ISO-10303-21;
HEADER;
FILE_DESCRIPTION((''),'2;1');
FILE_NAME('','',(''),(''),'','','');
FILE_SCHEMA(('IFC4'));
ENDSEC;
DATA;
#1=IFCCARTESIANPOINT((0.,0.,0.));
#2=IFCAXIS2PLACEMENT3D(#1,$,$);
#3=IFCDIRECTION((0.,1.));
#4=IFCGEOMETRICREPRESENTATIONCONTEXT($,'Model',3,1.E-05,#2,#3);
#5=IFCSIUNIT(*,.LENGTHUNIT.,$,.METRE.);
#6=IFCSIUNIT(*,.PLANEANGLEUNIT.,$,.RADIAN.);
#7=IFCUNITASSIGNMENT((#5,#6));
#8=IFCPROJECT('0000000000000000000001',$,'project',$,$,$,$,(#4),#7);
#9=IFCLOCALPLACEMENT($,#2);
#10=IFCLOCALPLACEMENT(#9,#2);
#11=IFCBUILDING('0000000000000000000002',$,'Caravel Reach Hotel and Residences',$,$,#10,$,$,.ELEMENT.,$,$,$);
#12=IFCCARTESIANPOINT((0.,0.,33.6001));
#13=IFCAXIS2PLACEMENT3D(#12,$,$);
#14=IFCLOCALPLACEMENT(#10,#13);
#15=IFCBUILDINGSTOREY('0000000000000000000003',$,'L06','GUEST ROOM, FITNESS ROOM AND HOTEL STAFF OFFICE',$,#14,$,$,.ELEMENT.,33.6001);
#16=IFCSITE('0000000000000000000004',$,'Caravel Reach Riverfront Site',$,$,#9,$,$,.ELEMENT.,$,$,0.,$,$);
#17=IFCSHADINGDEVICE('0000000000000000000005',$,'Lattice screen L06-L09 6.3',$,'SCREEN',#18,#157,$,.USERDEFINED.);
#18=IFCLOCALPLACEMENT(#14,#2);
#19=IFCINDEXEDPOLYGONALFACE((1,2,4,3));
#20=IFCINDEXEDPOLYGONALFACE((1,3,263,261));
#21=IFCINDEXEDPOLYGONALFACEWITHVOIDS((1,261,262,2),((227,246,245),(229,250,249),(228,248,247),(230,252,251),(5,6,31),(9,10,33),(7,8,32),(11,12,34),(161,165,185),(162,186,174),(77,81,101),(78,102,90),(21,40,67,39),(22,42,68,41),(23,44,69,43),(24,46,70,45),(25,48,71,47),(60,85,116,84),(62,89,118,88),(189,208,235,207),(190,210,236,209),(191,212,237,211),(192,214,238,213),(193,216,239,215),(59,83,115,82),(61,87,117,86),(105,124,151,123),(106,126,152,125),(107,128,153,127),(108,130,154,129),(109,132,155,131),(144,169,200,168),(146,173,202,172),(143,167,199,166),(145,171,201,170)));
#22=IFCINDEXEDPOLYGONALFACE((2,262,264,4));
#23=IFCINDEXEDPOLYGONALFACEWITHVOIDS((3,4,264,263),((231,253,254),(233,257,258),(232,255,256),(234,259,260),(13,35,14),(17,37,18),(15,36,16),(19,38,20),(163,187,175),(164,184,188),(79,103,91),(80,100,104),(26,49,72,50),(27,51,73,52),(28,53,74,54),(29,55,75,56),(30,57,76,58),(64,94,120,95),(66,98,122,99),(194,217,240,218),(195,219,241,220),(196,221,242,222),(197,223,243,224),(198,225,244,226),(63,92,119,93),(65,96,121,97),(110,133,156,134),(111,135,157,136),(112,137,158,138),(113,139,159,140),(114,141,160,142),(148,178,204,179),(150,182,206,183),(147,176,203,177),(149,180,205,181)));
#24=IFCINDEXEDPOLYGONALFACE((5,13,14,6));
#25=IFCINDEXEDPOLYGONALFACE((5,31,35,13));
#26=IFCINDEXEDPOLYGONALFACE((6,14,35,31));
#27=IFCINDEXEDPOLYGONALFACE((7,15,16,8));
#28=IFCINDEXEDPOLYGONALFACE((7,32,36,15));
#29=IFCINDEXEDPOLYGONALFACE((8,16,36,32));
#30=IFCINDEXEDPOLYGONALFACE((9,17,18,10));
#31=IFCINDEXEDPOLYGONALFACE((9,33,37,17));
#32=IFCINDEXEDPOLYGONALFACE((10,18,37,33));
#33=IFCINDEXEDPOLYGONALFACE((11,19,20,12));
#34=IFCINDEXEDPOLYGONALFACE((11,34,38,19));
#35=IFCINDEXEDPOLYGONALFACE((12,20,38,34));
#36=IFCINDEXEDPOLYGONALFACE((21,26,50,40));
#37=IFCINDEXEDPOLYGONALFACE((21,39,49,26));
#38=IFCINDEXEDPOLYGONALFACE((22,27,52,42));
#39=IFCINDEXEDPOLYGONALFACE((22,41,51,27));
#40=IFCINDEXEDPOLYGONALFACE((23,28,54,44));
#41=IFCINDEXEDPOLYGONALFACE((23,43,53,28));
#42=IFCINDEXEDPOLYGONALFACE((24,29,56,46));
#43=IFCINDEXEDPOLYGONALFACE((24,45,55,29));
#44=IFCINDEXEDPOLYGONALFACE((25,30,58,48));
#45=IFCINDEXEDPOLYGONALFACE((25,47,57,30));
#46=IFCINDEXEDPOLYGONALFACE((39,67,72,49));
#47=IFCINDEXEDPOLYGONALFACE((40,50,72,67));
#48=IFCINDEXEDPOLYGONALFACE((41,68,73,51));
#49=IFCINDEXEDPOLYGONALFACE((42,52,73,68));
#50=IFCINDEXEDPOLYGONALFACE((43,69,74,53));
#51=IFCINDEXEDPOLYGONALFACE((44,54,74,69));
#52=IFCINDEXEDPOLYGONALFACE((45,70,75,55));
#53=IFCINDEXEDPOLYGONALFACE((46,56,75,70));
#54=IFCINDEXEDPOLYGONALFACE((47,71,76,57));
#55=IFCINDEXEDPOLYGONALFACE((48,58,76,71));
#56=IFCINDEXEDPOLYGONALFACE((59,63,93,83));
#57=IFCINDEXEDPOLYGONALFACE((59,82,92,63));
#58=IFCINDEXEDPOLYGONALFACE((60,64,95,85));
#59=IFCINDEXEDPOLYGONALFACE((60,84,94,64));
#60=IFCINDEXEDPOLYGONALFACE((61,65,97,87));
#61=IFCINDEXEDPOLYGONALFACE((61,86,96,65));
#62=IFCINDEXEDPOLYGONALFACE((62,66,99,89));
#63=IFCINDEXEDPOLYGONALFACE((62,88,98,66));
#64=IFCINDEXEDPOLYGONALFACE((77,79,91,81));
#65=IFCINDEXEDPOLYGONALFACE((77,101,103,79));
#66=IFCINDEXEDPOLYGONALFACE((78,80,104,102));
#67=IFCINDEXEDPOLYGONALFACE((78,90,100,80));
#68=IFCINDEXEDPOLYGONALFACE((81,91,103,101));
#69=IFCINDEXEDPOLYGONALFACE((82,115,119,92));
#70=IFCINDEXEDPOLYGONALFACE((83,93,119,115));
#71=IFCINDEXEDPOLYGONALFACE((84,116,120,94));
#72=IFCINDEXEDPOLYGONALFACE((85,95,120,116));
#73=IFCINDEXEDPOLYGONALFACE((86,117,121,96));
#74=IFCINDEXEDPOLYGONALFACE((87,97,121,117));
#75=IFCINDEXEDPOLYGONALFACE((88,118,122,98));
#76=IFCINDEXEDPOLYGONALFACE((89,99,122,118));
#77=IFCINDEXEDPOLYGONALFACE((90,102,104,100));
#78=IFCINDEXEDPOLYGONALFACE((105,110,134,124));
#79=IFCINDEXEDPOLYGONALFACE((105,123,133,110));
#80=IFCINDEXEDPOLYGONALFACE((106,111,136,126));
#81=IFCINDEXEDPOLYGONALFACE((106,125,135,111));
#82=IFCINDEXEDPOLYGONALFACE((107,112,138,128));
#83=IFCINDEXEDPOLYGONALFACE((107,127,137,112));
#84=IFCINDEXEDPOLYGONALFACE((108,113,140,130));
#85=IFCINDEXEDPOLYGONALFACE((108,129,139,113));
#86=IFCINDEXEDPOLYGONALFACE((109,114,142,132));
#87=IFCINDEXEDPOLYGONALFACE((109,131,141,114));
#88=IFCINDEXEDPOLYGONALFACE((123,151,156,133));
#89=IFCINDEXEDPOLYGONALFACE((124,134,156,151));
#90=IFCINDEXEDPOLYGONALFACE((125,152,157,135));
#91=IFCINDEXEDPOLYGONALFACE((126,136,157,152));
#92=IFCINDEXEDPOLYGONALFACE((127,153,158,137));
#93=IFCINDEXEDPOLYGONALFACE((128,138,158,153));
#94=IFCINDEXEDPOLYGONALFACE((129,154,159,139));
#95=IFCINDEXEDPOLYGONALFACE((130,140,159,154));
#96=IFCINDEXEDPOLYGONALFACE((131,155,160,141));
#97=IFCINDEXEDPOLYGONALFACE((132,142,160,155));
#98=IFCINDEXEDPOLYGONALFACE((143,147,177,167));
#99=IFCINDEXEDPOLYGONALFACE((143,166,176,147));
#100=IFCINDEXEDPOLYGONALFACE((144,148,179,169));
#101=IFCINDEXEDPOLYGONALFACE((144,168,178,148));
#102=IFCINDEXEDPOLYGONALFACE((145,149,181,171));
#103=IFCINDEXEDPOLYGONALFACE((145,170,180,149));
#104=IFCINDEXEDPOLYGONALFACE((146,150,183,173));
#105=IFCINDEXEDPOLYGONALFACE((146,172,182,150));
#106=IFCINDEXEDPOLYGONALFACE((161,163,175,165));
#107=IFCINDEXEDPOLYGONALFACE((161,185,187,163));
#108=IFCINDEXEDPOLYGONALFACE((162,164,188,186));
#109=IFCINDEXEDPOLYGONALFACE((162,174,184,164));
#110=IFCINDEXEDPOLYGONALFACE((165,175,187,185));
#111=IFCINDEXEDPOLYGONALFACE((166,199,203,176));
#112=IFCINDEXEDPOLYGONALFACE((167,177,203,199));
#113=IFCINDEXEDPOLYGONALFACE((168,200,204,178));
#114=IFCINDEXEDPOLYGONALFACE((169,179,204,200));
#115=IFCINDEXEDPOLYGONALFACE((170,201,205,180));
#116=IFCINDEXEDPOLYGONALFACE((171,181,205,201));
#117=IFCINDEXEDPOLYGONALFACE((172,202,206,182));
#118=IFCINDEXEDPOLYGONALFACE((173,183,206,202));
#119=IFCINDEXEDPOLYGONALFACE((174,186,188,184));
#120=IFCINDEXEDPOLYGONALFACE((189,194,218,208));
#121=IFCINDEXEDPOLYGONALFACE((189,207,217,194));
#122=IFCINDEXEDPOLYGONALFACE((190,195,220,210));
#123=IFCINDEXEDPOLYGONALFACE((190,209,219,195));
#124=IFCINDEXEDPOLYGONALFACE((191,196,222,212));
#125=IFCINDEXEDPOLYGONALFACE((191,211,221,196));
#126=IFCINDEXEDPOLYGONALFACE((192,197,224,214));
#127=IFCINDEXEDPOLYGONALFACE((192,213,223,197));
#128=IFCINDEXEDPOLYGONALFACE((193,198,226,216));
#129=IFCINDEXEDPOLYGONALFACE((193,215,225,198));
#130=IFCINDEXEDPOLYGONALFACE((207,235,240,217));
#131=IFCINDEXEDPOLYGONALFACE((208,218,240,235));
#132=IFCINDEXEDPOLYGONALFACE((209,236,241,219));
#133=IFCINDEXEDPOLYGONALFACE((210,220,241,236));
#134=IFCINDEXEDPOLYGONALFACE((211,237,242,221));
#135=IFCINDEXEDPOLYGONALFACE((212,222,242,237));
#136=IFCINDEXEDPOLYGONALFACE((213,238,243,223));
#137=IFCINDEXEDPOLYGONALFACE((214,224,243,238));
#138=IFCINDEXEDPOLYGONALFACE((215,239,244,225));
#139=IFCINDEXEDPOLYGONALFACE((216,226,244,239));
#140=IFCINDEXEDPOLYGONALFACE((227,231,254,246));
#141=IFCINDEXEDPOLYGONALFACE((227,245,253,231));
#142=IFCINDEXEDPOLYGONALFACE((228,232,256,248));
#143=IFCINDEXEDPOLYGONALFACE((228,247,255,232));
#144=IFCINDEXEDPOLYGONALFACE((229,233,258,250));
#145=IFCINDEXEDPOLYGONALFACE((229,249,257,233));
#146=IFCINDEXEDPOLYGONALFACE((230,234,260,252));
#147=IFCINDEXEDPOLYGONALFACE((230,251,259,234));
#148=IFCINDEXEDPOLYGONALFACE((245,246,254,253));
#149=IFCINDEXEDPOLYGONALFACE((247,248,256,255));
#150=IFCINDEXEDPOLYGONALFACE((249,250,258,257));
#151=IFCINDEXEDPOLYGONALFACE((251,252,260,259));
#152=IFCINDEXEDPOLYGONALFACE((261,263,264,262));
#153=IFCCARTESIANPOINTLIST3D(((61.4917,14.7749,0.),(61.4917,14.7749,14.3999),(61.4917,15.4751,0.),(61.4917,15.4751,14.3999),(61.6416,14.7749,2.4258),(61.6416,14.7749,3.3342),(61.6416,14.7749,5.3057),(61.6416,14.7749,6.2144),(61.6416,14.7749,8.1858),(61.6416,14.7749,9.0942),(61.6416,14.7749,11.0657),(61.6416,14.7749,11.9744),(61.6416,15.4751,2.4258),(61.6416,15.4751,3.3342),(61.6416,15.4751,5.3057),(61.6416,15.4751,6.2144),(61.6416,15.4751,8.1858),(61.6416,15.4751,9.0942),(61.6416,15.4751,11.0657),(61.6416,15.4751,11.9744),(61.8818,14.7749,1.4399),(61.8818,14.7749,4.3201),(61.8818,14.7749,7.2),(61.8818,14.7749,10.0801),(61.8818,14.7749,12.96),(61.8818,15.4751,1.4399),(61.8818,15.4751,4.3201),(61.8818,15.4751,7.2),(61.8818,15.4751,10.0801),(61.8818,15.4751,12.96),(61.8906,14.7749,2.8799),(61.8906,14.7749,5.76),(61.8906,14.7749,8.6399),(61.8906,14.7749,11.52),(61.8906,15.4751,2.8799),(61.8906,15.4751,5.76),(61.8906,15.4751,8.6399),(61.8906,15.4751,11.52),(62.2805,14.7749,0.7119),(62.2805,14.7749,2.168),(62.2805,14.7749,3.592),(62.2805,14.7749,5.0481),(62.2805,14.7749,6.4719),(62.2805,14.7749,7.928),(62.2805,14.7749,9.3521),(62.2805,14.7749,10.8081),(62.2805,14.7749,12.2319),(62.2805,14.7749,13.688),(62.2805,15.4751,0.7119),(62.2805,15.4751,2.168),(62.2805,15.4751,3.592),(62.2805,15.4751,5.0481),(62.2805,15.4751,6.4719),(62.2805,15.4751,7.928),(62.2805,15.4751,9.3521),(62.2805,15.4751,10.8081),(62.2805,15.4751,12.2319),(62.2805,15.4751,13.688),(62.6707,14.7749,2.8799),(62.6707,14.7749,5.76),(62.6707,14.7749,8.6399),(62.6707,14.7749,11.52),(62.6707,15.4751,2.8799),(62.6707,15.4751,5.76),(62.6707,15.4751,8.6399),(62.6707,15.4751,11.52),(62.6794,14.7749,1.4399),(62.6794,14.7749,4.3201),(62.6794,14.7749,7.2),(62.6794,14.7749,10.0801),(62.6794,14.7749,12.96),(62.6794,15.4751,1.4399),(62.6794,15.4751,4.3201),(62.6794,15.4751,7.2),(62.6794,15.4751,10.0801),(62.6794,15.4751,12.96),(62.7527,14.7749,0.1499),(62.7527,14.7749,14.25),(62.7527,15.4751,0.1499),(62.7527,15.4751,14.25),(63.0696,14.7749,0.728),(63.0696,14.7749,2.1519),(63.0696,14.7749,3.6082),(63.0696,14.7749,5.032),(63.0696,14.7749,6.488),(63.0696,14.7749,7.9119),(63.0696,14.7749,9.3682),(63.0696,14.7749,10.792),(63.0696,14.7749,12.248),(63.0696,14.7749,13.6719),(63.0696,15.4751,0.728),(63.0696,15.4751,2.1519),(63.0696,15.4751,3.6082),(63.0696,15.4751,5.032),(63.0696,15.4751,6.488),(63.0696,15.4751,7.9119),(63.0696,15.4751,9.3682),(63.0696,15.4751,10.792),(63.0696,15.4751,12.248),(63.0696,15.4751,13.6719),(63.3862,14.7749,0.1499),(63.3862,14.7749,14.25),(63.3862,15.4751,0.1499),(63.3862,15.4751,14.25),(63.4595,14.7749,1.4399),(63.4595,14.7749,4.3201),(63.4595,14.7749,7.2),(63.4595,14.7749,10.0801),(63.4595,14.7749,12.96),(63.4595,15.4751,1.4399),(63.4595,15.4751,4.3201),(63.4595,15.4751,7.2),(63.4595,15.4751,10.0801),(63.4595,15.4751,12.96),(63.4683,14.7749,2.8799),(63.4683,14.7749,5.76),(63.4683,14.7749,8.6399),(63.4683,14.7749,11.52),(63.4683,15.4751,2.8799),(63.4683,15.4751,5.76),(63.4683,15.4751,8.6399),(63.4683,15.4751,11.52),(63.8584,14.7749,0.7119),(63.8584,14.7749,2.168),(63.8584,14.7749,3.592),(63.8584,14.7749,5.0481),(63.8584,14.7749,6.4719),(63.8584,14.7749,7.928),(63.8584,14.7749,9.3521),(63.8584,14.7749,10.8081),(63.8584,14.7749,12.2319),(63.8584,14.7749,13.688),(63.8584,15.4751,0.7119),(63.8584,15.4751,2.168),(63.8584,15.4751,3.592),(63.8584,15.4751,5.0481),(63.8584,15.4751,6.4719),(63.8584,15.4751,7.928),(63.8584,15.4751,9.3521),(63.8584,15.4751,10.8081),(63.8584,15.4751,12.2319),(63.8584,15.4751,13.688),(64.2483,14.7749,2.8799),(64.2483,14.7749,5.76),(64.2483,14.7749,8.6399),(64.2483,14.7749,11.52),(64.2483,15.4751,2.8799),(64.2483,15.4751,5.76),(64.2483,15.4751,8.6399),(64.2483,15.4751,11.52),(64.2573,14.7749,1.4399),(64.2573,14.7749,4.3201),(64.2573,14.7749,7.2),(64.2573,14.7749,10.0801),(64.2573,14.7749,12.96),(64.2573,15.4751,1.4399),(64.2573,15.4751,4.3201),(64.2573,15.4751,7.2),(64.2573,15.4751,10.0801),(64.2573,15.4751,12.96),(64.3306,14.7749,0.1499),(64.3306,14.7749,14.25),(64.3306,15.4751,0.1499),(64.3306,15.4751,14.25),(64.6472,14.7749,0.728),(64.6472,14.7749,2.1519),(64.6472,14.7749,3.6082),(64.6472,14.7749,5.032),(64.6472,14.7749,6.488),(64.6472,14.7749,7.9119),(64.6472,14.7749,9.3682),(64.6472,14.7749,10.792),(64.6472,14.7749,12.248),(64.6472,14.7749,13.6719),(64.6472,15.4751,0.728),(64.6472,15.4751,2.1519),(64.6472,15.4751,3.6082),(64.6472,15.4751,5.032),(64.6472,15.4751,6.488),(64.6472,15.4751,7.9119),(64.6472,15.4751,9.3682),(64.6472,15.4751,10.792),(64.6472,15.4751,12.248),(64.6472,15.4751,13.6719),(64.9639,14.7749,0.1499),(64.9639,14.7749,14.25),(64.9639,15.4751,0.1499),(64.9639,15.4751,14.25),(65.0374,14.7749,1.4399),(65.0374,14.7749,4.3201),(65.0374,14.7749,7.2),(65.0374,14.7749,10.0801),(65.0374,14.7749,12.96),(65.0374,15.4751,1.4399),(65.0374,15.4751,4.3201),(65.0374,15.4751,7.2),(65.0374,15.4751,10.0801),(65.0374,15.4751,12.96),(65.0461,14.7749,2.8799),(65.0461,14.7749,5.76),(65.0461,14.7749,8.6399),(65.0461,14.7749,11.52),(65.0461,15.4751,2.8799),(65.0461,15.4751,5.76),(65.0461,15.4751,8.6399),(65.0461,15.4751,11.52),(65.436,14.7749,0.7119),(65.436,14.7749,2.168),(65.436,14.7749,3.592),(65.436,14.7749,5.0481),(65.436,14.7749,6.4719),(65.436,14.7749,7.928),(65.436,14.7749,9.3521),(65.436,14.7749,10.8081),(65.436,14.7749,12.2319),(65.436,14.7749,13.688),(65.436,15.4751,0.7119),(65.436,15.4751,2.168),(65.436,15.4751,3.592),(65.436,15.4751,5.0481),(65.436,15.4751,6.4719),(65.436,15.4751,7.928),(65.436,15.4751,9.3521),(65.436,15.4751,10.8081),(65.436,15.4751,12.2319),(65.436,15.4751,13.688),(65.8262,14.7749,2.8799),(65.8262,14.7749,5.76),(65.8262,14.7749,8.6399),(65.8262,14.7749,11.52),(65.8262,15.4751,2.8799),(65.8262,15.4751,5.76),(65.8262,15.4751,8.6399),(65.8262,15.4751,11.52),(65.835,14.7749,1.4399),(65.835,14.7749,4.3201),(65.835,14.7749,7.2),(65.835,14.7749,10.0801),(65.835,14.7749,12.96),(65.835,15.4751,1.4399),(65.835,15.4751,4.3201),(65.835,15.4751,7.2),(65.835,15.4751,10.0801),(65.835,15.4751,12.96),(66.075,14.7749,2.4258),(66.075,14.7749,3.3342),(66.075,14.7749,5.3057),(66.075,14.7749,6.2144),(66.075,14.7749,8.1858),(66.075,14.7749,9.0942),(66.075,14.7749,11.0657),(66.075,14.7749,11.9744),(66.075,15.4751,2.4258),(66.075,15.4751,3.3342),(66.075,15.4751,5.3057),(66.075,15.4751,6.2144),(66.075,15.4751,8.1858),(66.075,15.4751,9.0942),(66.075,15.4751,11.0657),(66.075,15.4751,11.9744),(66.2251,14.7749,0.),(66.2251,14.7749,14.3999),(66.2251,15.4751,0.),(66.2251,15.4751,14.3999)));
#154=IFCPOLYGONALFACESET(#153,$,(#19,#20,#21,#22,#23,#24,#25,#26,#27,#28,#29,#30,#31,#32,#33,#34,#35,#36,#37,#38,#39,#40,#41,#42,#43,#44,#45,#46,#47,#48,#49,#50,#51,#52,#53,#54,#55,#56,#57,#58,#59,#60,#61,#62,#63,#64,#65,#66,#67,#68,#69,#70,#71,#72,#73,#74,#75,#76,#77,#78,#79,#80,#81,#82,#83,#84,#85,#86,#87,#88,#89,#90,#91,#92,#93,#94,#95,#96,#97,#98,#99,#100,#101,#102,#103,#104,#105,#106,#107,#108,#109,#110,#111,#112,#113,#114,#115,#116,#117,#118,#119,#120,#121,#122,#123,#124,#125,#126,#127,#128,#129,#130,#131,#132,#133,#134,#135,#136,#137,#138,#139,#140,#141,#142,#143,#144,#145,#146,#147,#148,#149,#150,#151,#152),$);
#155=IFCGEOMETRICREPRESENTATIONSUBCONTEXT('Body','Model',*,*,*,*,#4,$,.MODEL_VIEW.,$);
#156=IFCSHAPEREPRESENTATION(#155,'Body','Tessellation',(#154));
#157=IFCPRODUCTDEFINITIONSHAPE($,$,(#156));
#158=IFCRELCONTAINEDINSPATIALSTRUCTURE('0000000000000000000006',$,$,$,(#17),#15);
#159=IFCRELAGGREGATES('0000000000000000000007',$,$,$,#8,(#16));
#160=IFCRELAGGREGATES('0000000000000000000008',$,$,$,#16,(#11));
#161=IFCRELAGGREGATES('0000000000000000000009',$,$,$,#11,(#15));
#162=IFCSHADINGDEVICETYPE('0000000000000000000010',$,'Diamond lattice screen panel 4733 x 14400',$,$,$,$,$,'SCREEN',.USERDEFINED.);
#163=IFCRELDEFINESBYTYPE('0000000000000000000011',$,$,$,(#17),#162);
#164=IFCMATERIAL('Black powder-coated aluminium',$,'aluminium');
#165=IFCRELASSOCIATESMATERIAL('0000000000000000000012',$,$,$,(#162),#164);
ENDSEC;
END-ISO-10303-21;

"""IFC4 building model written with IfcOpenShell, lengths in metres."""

from ifc_helpers import new_model, si_unit, direction, frame, origin, place, context, subcontext, project, spatial, polyline, outline, extrude, material, type_object, element, save


model = new_model("IFC4")

# Units and contexts
model_context = context("Model", 3, precision=1e-05, world=origin(), true_north=direction((0.0, 1.0)))
body_context = subcontext(model_context, "Body", "Model", "MODEL_VIEW")
ifc_project = project(units=[si_unit("LENGTHUNIT", "METRE"), si_unit("PLANEANGLEUNIT", "RADIAN")], contexts=[model_context])

# Site, building, storey
site_placement = place(None, origin())
site = spatial("IfcSite", under=ifc_project, at=site_placement, Name="Caravel Reach Riverfront Site", CompositionType="ELEMENT", RefElevation=0.0)
building_placement = place(site_placement, origin())
building = spatial("IfcBuilding", under=site, at=building_placement, Name="Caravel Reach Hotel and Residences", CompositionType="ELEMENT")
storey_placement = place(building_placement, frame((0.0, 0.0, 33.6001)))
storey = spatial("IfcBuildingStorey", under=building, at=storey_placement, Name="L06", Description="GUEST ROOM, FITNESS ROOM AND HOTEL STAFF OFFICE", CompositionType="ELEMENT", Elevation=33.6001)

# Shading device
ifc_material_1 = material(Name="Black powder-coated aluminium", Category="aluminium")
shading_device_type_1 = type_object("IfcShadingDeviceType", Name="Diamond lattice screen panel 4733 x 14400", ElementType="SCREEN", PredefinedType="USERDEFINED", material=ifc_material_1)
shading_device_1_placement = place(storey_placement, frame((61.4917, 15.4751, 0.0), z_axis=(0.0, -1.0, 0.0), x_axis=(1.0, 0.0, 0.0)))
element("IfcShadingDevice", 1, at=shading_device_1_placement, inside=storey, type_object=shading_device_type_1, Name="Lattice screen L06-L09 6.3", ObjectType="SCREEN", PredefinedType="USERDEFINED", context=body_context, shape_type="SweptSolid", body=[
    extrude(outline(polyline([(0.0, 0.0), (4.7334, 0.0), (4.7334, 14.3999), (0.0, 14.3999), (0.0, 0.0)]), holes=[polyline([(0.3989, 2.8799), (0.1499, 3.3342), (0.1499, 2.4258), (0.3989, 2.8799)]), polyline([(0.3989, 5.76), (0.1499, 6.2144), (0.1499, 5.3057), (0.3989, 5.76)]), polyline([(0.3989, 8.6399), (0.1499, 9.0942), (0.1499, 8.1858), (0.3989, 8.6399)]), polyline([(0.3989, 11.52), (0.1499, 11.9744), (0.1499, 11.0657), (0.3989, 11.52)]), polyline([(0.7888, 2.168), (0.3901, 1.4399), (0.7888, 0.7119), (1.1877, 1.4399), (0.7888, 2.168)]), polyline([(0.7888, 5.0481), (0.3901, 4.3201), (0.7888, 3.592), (1.1877, 4.3201), (0.7888, 5.0481)]), polyline([(0.7888, 7.928), (0.3901, 7.2), (0.7888, 6.4719), (1.1877, 7.2), (0.7888, 7.928)]), polyline([(0.7888, 10.8081), (0.3901, 10.0801), (0.7888, 9.3521), (1.1877, 10.0801), (0.7888, 10.8081)]), polyline([(0.7888, 13.688), (0.3901, 12.96), (0.7888, 12.2319), (1.1877, 12.96), (0.7888, 13.688)]), polyline([(1.5779, 0.728), (1.261, 0.1499), (1.8945, 0.1499), (1.5779, 0.728)]), polyline([(1.5779, 3.6082), (1.179, 2.8799), (1.5779, 2.1519), (1.9766, 2.8799), (1.5779, 3.6082)]), polyline([(1.5779, 6.488), (1.179, 5.76), (1.5779, 5.032), (1.9766, 5.76), (1.5779, 6.488)]), polyline([(1.5779, 9.3682), (1.179, 8.6399), (1.5779, 7.9119), (1.9766, 8.6399), (1.5779, 9.3682)]), polyline([(1.5779, 12.248), (1.179, 11.52), (1.5779, 10.792), (1.9766, 11.52), (1.5779, 12.248)]), polyline([(1.5779, 13.6719), (1.8945, 14.25), (1.261, 14.25), (1.5779, 13.6719)]), polyline([(2.3667, 2.168), (1.9678, 1.4399), (2.3667, 0.7119), (2.7656, 1.4399), (2.3667, 2.168)]), polyline([(2.3667, 5.0481), (1.9678, 4.3201), (2.3667, 3.592), (2.7656, 4.3201), (2.3667, 5.0481)]), polyline([(2.3667, 7.928), (1.9678, 7.2), (2.3667, 6.4719), (2.7656, 7.2), (2.3667, 7.928)]), polyline([(2.3667, 10.8081), (1.9678, 10.0801), (2.3667, 9.3521), (2.7656, 10.0801), (2.3667, 10.8081)]), polyline([(2.3667, 13.688), (1.9678, 12.96), (2.3667, 12.2319), (2.7656, 12.96), (2.3667, 13.688)]), polyline([(3.1555, 0.728), (2.8389, 0.1499), (3.4722, 0.1499), (3.1555, 0.728)]), polyline([(3.1555, 3.6082), (2.7566, 2.8799), (3.1555, 2.1519), (3.5544, 2.8799), (3.1555, 3.6082)]), polyline([(3.1555, 6.488), (2.7566, 5.76), (3.1555, 5.032), (3.5544, 5.76), (3.1555, 6.488)]), polyline([(3.1555, 9.3682), (2.7566, 8.6399), (3.1555, 7.9119), (3.5544, 8.6399), (3.1555, 9.3682)]), polyline([(3.1555, 12.248), (2.7566, 11.52), (3.1555, 10.792), (3.5544, 11.52), (3.1555, 12.248)]), polyline([(3.1555, 13.6719), (3.4722, 14.25), (2.8389, 14.25), (3.1555, 13.6719)]), polyline([(3.9443, 2.168), (3.5457, 1.4399), (3.9443, 0.7119), (4.3433, 1.4399), (3.9443, 2.168)]), polyline([(3.9443, 5.0481), (3.5457, 4.3201), (3.9443, 3.592), (4.3433, 4.3201), (3.9443, 5.0481)]), polyline([(3.9443, 7.928), (3.5457, 7.2), (3.9443, 6.4719), (4.3433, 7.2), (3.9443, 7.928)]), polyline([(3.9443, 10.8081), (3.5457, 10.0801), (3.9443, 9.3521), (4.3433, 10.0801), (3.9443, 10.8081)]), polyline([(3.9443, 13.688), (3.5457, 12.96), (3.9443, 12.2319), (4.3433, 12.96), (3.9443, 13.688)]), polyline([(4.3345, 2.8799), (4.5833, 2.4258), (4.5833, 3.3342), (4.3345, 2.8799)]), polyline([(4.3345, 5.76), (4.5833, 5.3057), (4.5833, 6.2144), (4.3345, 5.76)]), polyline([(4.3345, 8.6399), (4.5833, 8.1858), (4.5833, 9.0942), (4.3345, 8.6399)]), polyline([(4.3345, 11.52), (4.5833, 11.0657), (4.5833, 11.9744), (4.3345, 11.52)])]), origin(), (0.0, 0.0, 1.0), 0.7002),
])

save(model, "model.ifc")
